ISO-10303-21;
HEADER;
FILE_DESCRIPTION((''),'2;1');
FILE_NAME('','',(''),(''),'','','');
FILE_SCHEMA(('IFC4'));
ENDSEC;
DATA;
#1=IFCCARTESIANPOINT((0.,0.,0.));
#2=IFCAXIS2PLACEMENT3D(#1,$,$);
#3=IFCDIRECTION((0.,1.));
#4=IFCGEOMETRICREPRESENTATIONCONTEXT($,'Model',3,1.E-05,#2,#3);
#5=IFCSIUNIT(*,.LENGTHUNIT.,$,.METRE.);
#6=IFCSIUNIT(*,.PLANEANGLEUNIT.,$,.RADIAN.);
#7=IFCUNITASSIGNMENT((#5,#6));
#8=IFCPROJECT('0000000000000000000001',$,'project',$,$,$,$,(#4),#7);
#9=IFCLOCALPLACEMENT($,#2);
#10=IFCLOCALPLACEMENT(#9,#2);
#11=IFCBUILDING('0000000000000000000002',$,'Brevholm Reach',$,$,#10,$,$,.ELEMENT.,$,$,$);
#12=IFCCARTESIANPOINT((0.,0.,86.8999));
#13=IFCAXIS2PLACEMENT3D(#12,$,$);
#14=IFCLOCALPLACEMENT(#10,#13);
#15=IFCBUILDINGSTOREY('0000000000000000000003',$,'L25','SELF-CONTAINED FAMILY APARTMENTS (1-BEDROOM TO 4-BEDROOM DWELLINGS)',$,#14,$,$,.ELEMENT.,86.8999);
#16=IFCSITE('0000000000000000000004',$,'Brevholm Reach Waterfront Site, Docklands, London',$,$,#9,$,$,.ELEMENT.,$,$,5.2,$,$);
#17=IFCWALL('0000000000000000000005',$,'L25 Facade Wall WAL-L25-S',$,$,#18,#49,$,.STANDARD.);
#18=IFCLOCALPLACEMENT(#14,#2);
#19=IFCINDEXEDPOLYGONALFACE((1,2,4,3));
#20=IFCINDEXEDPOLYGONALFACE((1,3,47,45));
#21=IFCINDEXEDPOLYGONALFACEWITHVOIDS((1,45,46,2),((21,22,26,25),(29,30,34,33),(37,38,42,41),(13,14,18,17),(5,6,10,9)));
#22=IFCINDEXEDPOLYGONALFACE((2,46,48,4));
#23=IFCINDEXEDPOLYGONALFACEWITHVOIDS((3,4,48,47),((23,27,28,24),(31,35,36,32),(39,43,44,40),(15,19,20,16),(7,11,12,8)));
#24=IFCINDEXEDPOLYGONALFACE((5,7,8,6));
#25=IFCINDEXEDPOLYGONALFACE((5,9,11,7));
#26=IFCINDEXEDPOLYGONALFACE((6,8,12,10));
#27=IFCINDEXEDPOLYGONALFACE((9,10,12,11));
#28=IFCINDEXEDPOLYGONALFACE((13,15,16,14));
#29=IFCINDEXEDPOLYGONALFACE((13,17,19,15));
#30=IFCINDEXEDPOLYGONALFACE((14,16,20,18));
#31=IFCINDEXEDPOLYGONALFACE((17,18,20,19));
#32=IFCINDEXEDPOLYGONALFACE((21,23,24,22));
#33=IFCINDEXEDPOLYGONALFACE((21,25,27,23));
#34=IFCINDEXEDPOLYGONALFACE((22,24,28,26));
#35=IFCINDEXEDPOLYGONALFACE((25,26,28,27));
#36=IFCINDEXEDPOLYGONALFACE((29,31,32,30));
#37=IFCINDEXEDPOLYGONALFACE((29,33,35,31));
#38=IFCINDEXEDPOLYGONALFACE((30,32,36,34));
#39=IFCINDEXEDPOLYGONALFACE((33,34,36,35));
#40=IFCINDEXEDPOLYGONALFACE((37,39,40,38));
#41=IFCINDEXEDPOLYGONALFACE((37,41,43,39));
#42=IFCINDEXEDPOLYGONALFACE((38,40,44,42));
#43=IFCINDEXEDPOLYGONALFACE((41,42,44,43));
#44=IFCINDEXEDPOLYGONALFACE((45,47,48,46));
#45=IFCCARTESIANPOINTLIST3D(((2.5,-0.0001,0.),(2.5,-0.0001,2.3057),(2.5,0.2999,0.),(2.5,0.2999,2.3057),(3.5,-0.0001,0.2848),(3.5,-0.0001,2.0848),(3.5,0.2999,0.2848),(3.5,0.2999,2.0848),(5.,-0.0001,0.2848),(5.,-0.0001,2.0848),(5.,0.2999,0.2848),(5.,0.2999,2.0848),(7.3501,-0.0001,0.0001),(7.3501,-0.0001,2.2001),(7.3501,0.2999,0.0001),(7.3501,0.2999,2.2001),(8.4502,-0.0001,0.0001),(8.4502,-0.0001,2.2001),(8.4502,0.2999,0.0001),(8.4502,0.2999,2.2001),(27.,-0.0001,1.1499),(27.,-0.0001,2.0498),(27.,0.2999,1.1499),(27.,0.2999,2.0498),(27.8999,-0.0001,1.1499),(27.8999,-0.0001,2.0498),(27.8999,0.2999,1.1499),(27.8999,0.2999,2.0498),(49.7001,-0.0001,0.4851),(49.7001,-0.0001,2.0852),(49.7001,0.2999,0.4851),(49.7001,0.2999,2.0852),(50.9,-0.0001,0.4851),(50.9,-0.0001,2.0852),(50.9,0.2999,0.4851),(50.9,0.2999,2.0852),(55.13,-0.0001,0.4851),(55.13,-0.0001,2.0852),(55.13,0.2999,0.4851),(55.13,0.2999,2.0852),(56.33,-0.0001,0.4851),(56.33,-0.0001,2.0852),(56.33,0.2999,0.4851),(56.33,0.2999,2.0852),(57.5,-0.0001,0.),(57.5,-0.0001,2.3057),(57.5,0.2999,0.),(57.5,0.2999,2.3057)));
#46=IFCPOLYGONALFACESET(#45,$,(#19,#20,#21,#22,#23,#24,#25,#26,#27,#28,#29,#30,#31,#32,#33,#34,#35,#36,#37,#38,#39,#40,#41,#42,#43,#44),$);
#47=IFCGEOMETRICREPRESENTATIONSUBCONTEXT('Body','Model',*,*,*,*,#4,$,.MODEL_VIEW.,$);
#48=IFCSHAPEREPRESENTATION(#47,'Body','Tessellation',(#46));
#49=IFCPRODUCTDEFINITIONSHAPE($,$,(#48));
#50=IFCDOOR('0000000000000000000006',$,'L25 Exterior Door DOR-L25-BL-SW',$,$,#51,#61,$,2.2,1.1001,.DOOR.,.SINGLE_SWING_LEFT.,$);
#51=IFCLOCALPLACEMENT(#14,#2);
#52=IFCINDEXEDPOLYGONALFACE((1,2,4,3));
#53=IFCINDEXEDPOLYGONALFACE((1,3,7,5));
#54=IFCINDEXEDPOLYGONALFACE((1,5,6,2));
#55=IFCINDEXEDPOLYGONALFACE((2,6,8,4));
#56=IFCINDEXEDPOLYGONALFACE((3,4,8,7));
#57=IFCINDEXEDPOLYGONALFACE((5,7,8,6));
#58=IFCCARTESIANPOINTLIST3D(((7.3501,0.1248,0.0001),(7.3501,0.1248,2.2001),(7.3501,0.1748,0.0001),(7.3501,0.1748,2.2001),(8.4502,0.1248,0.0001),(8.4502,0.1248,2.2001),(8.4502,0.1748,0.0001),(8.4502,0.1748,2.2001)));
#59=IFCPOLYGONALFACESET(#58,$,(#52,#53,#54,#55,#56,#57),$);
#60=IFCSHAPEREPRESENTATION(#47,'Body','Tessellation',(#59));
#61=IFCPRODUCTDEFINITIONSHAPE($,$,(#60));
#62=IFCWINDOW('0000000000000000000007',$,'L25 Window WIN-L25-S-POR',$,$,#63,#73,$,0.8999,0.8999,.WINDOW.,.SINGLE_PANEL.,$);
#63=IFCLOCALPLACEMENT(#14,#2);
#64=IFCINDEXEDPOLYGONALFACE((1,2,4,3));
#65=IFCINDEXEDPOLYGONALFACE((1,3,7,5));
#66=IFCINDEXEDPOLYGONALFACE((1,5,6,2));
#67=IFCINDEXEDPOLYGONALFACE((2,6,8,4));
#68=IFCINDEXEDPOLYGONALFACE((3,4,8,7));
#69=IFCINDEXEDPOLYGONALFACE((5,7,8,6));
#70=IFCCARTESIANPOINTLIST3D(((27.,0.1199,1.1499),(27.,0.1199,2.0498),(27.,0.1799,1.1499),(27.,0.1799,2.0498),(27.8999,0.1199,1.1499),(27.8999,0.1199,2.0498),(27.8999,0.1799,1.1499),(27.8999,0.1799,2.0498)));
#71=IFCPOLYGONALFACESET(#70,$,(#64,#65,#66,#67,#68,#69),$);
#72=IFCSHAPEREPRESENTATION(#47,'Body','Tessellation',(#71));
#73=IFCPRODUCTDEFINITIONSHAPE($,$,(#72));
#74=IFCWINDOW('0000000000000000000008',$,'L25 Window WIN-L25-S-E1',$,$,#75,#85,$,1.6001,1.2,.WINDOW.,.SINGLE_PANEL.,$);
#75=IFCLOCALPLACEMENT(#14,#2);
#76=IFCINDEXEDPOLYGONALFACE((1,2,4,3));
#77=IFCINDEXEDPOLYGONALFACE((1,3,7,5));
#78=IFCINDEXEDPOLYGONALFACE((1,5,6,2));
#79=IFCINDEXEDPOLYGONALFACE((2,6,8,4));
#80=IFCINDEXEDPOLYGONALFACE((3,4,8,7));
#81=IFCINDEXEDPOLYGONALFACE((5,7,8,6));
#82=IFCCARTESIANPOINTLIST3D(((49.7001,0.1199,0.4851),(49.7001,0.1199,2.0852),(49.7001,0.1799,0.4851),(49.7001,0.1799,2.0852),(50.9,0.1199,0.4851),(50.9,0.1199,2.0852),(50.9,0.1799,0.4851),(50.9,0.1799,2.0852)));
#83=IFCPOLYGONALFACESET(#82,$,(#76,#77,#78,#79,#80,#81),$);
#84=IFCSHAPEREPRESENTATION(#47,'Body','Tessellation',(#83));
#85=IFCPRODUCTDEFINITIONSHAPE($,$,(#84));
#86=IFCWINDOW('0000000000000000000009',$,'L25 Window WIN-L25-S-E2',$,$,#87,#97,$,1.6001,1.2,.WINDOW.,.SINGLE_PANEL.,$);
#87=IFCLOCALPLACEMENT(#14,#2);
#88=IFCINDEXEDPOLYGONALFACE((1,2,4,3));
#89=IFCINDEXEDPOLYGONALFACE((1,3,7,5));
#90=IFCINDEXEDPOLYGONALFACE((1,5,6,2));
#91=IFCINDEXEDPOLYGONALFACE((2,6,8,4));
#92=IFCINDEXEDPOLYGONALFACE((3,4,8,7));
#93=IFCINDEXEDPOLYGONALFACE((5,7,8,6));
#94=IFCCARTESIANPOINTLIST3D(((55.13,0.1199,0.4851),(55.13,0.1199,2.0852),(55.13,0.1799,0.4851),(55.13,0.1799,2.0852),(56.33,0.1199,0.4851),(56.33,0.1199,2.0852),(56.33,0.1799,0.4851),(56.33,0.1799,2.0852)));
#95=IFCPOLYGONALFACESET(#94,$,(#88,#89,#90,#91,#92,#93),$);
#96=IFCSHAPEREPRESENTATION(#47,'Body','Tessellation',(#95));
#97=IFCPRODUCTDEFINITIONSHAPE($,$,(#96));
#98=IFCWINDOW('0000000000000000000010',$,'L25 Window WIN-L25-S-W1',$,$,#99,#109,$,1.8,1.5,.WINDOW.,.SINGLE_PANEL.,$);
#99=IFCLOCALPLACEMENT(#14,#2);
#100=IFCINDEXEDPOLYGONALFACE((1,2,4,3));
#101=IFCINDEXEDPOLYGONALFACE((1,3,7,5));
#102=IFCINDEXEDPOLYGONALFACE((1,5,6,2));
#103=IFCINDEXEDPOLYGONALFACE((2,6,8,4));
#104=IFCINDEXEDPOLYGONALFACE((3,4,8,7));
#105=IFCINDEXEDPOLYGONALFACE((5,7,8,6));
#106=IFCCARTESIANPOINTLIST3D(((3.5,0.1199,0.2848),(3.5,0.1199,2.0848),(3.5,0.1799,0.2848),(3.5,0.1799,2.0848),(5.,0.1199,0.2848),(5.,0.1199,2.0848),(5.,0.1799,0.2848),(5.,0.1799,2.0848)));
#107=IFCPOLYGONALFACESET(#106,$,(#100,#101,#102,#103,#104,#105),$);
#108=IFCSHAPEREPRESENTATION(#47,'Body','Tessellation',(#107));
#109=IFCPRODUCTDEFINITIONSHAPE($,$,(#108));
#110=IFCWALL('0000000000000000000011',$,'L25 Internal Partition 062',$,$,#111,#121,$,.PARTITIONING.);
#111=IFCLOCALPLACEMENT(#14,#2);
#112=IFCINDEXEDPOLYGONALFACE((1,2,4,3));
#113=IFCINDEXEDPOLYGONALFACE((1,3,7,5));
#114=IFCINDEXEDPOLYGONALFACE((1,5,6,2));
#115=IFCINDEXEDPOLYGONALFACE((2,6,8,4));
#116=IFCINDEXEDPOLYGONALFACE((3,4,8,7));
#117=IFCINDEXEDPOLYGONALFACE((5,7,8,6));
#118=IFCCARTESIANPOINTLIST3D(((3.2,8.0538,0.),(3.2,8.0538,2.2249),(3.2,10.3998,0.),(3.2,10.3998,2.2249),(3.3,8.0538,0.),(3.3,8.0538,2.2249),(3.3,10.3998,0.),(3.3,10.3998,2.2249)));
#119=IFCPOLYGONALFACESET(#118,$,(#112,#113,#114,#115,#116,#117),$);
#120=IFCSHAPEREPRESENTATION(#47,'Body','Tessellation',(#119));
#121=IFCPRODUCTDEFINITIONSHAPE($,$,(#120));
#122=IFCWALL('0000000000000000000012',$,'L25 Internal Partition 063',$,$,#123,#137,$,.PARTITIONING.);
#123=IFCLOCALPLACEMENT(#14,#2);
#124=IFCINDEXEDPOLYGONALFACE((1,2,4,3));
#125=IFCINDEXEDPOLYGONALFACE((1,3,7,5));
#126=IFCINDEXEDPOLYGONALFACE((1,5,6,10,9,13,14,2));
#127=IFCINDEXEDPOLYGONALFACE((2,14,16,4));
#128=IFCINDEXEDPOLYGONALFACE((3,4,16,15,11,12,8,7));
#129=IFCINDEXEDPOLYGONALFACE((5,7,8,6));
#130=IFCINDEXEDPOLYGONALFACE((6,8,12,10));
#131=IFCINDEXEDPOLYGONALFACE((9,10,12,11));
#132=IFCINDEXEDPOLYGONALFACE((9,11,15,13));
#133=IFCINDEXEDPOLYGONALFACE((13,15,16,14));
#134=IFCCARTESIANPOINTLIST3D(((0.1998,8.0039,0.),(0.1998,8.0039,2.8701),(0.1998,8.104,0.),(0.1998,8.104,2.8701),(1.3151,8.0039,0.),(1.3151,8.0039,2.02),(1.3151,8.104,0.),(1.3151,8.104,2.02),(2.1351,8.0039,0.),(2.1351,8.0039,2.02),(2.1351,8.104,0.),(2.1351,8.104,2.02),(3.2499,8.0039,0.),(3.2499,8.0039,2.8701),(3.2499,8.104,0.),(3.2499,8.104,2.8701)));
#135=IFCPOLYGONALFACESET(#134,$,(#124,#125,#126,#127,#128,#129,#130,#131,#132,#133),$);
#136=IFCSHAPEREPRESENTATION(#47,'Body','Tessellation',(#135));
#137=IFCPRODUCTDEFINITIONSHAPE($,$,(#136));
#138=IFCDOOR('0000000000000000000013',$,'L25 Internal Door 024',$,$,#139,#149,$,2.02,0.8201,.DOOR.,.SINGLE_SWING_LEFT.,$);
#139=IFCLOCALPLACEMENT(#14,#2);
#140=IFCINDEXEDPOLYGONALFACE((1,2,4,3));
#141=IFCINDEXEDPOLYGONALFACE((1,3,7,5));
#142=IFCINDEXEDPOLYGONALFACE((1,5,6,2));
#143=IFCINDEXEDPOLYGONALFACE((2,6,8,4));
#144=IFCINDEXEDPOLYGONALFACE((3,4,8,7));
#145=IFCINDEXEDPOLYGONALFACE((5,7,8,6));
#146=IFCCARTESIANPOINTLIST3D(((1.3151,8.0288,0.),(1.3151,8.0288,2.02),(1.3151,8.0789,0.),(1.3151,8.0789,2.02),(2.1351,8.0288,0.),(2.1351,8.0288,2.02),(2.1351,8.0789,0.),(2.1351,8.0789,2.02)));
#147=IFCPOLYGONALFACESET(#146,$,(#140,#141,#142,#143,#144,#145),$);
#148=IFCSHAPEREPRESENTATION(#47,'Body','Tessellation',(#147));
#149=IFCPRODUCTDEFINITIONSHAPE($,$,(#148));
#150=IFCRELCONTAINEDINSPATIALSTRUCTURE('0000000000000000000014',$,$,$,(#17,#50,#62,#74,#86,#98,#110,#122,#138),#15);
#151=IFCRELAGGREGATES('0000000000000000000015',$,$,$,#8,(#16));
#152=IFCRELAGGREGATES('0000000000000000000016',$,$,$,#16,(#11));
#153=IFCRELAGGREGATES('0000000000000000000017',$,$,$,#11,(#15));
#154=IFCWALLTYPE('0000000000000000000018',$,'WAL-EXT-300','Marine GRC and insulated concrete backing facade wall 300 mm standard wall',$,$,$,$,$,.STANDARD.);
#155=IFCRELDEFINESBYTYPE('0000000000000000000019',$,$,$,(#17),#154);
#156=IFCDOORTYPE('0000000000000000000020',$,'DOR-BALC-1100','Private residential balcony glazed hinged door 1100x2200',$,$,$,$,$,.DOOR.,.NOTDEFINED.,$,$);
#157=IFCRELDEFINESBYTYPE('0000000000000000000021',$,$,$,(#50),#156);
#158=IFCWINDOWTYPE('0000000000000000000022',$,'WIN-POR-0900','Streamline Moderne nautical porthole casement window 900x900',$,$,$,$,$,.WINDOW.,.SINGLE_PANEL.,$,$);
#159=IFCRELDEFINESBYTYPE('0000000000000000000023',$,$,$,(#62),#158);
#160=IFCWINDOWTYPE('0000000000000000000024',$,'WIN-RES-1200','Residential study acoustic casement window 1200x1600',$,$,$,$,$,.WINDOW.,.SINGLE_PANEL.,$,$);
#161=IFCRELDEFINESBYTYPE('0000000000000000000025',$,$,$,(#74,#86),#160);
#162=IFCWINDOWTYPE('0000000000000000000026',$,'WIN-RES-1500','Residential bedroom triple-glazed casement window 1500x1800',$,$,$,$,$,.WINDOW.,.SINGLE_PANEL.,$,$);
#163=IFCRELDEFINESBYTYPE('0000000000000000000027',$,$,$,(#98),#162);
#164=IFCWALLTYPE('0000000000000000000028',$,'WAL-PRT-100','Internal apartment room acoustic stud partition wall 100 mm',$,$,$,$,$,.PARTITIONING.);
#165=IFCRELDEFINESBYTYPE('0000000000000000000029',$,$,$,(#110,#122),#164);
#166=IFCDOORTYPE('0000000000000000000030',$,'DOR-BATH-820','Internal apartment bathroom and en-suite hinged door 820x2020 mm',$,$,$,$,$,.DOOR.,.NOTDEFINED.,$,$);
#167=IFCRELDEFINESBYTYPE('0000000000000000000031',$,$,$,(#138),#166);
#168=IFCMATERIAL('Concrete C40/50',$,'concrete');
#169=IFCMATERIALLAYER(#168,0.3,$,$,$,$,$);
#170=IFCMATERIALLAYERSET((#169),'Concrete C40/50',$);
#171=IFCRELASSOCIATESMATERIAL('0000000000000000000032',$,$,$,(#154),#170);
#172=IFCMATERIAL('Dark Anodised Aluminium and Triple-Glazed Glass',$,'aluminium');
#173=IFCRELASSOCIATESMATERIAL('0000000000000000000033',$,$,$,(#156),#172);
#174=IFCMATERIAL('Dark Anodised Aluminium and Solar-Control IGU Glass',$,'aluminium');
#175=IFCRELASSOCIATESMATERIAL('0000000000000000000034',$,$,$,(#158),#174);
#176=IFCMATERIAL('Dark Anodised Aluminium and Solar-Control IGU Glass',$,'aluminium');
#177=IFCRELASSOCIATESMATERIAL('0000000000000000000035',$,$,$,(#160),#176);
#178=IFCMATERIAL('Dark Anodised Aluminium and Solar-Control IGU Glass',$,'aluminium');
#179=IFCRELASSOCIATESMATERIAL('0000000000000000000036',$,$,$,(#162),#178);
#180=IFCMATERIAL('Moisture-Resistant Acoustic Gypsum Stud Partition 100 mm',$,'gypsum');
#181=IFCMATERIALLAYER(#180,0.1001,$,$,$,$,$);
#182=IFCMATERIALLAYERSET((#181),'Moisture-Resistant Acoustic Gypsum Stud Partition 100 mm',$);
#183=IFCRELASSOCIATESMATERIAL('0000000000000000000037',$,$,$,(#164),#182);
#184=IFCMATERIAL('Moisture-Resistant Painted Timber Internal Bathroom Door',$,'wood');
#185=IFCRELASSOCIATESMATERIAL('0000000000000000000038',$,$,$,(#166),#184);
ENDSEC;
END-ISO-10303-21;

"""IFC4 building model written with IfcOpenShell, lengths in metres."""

from ifc_helpers import new_model, si_unit, direction, frame, frame_2d, origin, place, context, subcontext, project, spatial, rectangle, extrude, material, layer, layer_set, type_object, element, fill, save


model = new_model("IFC4")

# Units and contexts
model_context = context("Model", 3, precision=1e-05, world=origin(), true_north=direction((0.0, 1.0)))
body_context = subcontext(model_context, "Body", "Model", "MODEL_VIEW")
ifc_project = project(units=[si_unit("LENGTHUNIT", "METRE"), si_unit("PLANEANGLEUNIT", "RADIAN")], contexts=[model_context])

# Site, building, storey
site_placement = place(None, origin())
site = spatial("IfcSite", under=ifc_project, at=site_placement, Name="Brevholm Reach Waterfront Site, Docklands, London", CompositionType="ELEMENT", RefElevation=5.2)
building_placement = place(site_placement, origin())
building = spatial("IfcBuilding", under=site, at=building_placement, Name="Brevholm Reach", CompositionType="ELEMENT")
storey_placement = place(building_placement, frame((0.0, 0.0, 86.8999)))
storey = spatial("IfcBuildingStorey", under=building, at=storey_placement, Name="L25", Description="SELF-CONTAINED FAMILY APARTMENTS (1-BEDROOM TO 4-BEDROOM DWELLINGS)", CompositionType="ELEMENT", Elevation=86.8999)

# Shared definitions
ifc_material_1 = material(Name="Concrete C40/50", Category="concrete")
ifc_layer_1 = layer(ifc_material_1, 0.3)
ifc_layer_set_1 = layer_set([ifc_layer_1], Name="Concrete C40/50")
wall_type_1 = type_object("IfcWallType", Name="WAL-EXT-300", Description="Marine GRC and insulated concrete backing facade wall 300 mm standard wall", PredefinedType="STANDARD", material=ifc_layer_set_1)

# Wall, openings, door, windows
wall_1_placement = place(storey_placement, frame((2.5, 0.1499, 0.0), z_axis=(0.0, 0.0, 1.0), x_axis=(1.0, 0.0, 0.0)))
wall_1 = element("IfcWall", 1, at=wall_1_placement, inside=storey, type_object=wall_type_1, Name="L25 Facade Wall WAL-L25-S", PredefinedType="STANDARD", context=body_context, shape_type="SweptSolid", body=[
    extrude(rectangle(XDim=55.0, YDim=0.3, at=frame_2d((27.5, 0.0))), origin(), (0.0, 0.0, 1.0), 2.3057),
])
opening_1_placement = place(wall_1_placement, frame((4.8501, 0.0, 0.0)))
opening_1 = element("IfcOpeningElement", 2, at=opening_1_placement, cuts=wall_1, PredefinedType="OPENING", context=body_context, shape_type="SweptSolid", body=[
    extrude(rectangle(XDim=1.1001, YDim=2.2, at=frame_2d((0.55, 1.1001))), frame((0.0, 0.1599, 0.0), z_axis=(0.0, -1.0, 0.0), x_axis=(1.0, 0.0, 0.0)), (0.0, 0.0, 1.0), 0.3201),
])
opening_2_placement = place(wall_1_placement, frame((1.0, 0.0, 0.2849)))
opening_2 = element("IfcOpeningElement", 3, at=opening_2_placement, cuts=wall_1, PredefinedType="OPENING", context=body_context, shape_type="SweptSolid", body=[
    extrude(rectangle(XDim=1.5, YDim=1.8, at=frame_2d((0.75, 0.8999))), frame((0.0, 0.1599, 0.0), z_axis=(0.0, -1.0, 0.0), x_axis=(1.0, 0.0, 0.0)), (0.0, 0.0, 1.0), 0.3201),
])
opening_3_placement = place(wall_1_placement, frame((24.5, 0.0, 1.1499)))
opening_3 = element("IfcOpeningElement", 4, at=opening_3_placement, cuts=wall_1, PredefinedType="OPENING", context=body_context, shape_type="SweptSolid", body=[
    extrude(rectangle(XDim=0.8999, YDim=0.8999, at=frame_2d((0.45, 0.45))), frame((0.0, 0.1599, 0.0), z_axis=(0.0, -1.0, 0.0), x_axis=(1.0, 0.0, 0.0)), (0.0, 0.0, 1.0), 0.3201),
])
opening_4_placement = place(wall_1_placement, frame((47.2, 0.0, 0.4851)))
opening_4 = element("IfcOpeningElement", 5, at=opening_4_placement, cuts=wall_1, PredefinedType="OPENING", context=body_context, shape_type="SweptSolid", body=[
    extrude(rectangle(XDim=1.2, YDim=1.6001, at=frame_2d((0.6001, 0.8))), frame((0.0, 0.1599, 0.0), z_axis=(0.0, -1.0, 0.0), x_axis=(1.0, 0.0, 0.0)), (0.0, 0.0, 1.0), 0.3201),
])
opening_5_placement = place(wall_1_placement, frame((52.6299, 0.0, 0.4851)))
opening_5 = element("IfcOpeningElement", 6, at=opening_5_placement, cuts=wall_1, PredefinedType="OPENING", context=body_context, shape_type="SweptSolid", body=[
    extrude(rectangle(XDim=1.2, YDim=1.6001, at=frame_2d((0.6001, 0.8))), frame((0.0, 0.1599, 0.0), z_axis=(0.0, -1.0, 0.0), x_axis=(1.0, 0.0, 0.0)), (0.0, 0.0, 1.0), 0.3201),
])
ifc_material_2 = material(Name="Dark Anodised Aluminium and Triple-Glazed Glass", Category="aluminium")
door_type_1 = type_object("IfcDoorType", Name="DOR-BALC-1100", Description="Private residential balcony glazed hinged door 1100x2200", OperationType="NOTDEFINED", PredefinedType="DOOR", material=ifc_material_2)
door_1_placement = place(opening_1_placement, origin())
door_1 = element("IfcDoor", 7, at=door_1_placement, inside=storey, type_object=door_type_1, Name="L25 Exterior Door DOR-L25-BL-SW", OperationType="SINGLE_SWING_LEFT", OverallHeight=2.2, OverallWidth=1.1001, PredefinedType="DOOR", context=body_context, shape_type="SweptSolid", body=[
    extrude(rectangle(XDim=1.1001, YDim=2.2, at=frame_2d((0.55, 1.1001))), frame((0.0, 0.0249, 0.0), z_axis=(0.0, -1.0, 0.0), x_axis=(1.0, 0.0, 0.0)), (0.0, 0.0, 1.0), 0.05),
])
fill(opening_1, door_1)
ifc_material_3 = material(Name="Dark Anodised Aluminium and Solar-Control IGU Glass", Category="aluminium")
window_type_1 = type_object("IfcWindowType", Name="WIN-POR-0900", Description="Streamline Moderne nautical porthole casement window 900x900", PartitioningType="SINGLE_PANEL", PredefinedType="WINDOW", material=ifc_material_3)
window_1_placement = place(opening_3_placement, origin())
window_1 = element("IfcWindow", 8, at=window_1_placement, inside=storey, type_object=window_type_1, Name="L25 Window WIN-L25-S-POR", OverallHeight=0.8999, OverallWidth=0.8999, PartitioningType="SINGLE_PANEL", PredefinedType="WINDOW", context=body_context, shape_type="SweptSolid", body=[
    extrude(rectangle(XDim=0.8999, YDim=0.8999, at=frame_2d((0.45, 0.45))), frame((0.0, 0.03, 0.0), z_axis=(0.0, -1.0, 0.0), x_axis=(1.0, 0.0, 0.0)), (0.0, 0.0, 1.0), 0.0601),
])
fill(opening_3, window_1)
ifc_material_4 = material(Name="Dark Anodised Aluminium and Solar-Control IGU Glass", Category="aluminium")
window_type_2 = type_object("IfcWindowType", Name="WIN-RES-1200", Description="Residential study acoustic casement window 1200x1600", PartitioningType="SINGLE_PANEL", PredefinedType="WINDOW", material=ifc_material_4)
window_2_placement = place(opening_4_placement, origin())
window_2 = element("IfcWindow", 9, at=window_2_placement, inside=storey, type_object=window_type_2, Name="L25 Window WIN-L25-S-E1", OverallHeight=1.6001, OverallWidth=1.2, PartitioningType="SINGLE_PANEL", PredefinedType="WINDOW", context=body_context, shape_type="SweptSolid", body=[
    extrude(rectangle(XDim=1.2, YDim=1.6001, at=frame_2d((0.6001, 0.8))), frame((0.0, 0.03, 0.0), z_axis=(0.0, -1.0, 0.0), x_axis=(1.0, 0.0, 0.0)), (0.0, 0.0, 1.0), 0.0601),
])
fill(opening_4, window_2)
window_3_placement = place(opening_5_placement, origin())
window_3 = element("IfcWindow", 10, at=window_3_placement, inside=storey, type_object=window_type_2, Name="L25 Window WIN-L25-S-E2", OverallHeight=1.6001, OverallWidth=1.2, PartitioningType="SINGLE_PANEL", PredefinedType="WINDOW", context=body_context, shape_type="SweptSolid", body=[
    extrude(rectangle(XDim=1.2, YDim=1.6001, at=frame_2d((0.6001, 0.8))), frame((0.0, 0.03, 0.0), z_axis=(0.0, -1.0, 0.0), x_axis=(1.0, 0.0, 0.0)), (0.0, 0.0, 1.0), 0.0601),
])
fill(opening_5, window_3)
ifc_material_5 = material(Name="Dark Anodised Aluminium and Solar-Control IGU Glass", Category="aluminium")
window_type_3 = type_object("IfcWindowType", Name="WIN-RES-1500", Description="Residential bedroom triple-glazed casement window 1500x1800", PartitioningType="SINGLE_PANEL", PredefinedType="WINDOW", material=ifc_material_5)
window_4_placement = place(opening_2_placement, origin())
window_4 = element("IfcWindow", 11, at=window_4_placement, inside=storey, type_object=window_type_3, Name="L25 Window WIN-L25-S-W1", OverallHeight=1.8, OverallWidth=1.5, PartitioningType="SINGLE_PANEL", PredefinedType="WINDOW", context=body_context, shape_type="SweptSolid", body=[
    extrude(rectangle(XDim=1.5, YDim=1.8, at=frame_2d((0.75, 0.8999))), frame((0.0, 0.03, 0.0), z_axis=(0.0, -1.0, 0.0), x_axis=(1.0, 0.0, 0.0)), (0.0, 0.0, 1.0), 0.0601),
])
fill(opening_2, window_4)

# Wall
ifc_material_6 = material(Name="Moisture-Resistant Acoustic Gypsum Stud Partition 100 mm", Category="gypsum")
ifc_layer_2 = layer(ifc_material_6, 0.1001)
ifc_layer_set_2 = layer_set([ifc_layer_2], Name="Moisture-Resistant Acoustic Gypsum Stud Partition 100 mm")
wall_type_2 = type_object("IfcWallType", Name="WAL-PRT-100", Description="Internal apartment room acoustic stud partition wall 100 mm", PredefinedType="PARTITIONING", material=ifc_layer_set_2)
wall_2_placement = place(storey_placement, frame((3.25, 8.054, 0.0), z_axis=(0.0, 0.0, 1.0), x_axis=(0.0, 1.0, 0.0)))
element("IfcWall", 12, at=wall_2_placement, inside=storey, type_object=wall_type_2, Name="L25 Internal Partition 062", PredefinedType="PARTITIONING", context=body_context, shape_type="SweptSolid", body=[
    extrude(rectangle(XDim=2.3459, YDim=0.1001, at=frame_2d((1.1729, 0.0))), origin(), (0.0, 0.0, 1.0), 2.2249),
])

# Wall, opening, door
wall_3_placement = place(storey_placement, frame((0.2, 8.054, 0.0), z_axis=(0.0, 0.0, 1.0), x_axis=(1.0, 0.0, 0.0)))
wall_3 = element("IfcWall", 13, at=wall_3_placement, inside=storey, type_object=wall_type_2, Name="L25 Internal Partition 063", PredefinedType="PARTITIONING", context=body_context, shape_type="SweptSolid", body=[
    extrude(rectangle(XDim=3.05, YDim=0.1001, at=frame_2d((1.5249, 0.0))), origin(), (0.0, 0.0, 1.0), 2.8701),
])
opening_6_placement = place(wall_3_placement, frame((1.115, 0.0, 0.0)))
opening_6 = element("IfcOpeningElement", 14, at=opening_6_placement, cuts=wall_3, PredefinedType="OPENING", context=body_context, shape_type="SweptSolid", body=[
    extrude(rectangle(XDim=0.8201, YDim=2.02, at=frame_2d((0.4102, 1.01))), frame((0.0, 0.0601, 0.0), z_axis=(0.0, -1.0, 0.0), x_axis=(1.0, 0.0, 0.0)), (0.0, 0.0, 1.0), 0.1201),
])
ifc_material_7 = material(Name="Moisture-Resistant Painted Timber Internal Bathroom Door", Category="wood")
door_type_2 = type_object("IfcDoorType", Name="DOR-BATH-820", Description="Internal apartment bathroom and en-suite hinged door 820x2020 mm", OperationType="NOTDEFINED", PredefinedType="DOOR", material=ifc_material_7)
door_2_placement = place(opening_6_placement, origin())
door_2 = element("IfcDoor", 15, at=door_2_placement, inside=storey, type_object=door_type_2, Name="L25 Internal Door 024", OperationType="SINGLE_SWING_LEFT", OverallHeight=2.02, OverallWidth=0.8201, PredefinedType="DOOR", context=body_context, shape_type="SweptSolid", body=[
    extrude(rectangle(XDim=0.8201, YDim=2.02, at=frame_2d((0.4102, 1.01))), frame((0.0, 0.0249, 0.0), z_axis=(0.0, -1.0, 0.0), x_axis=(1.0, 0.0, 0.0)), (0.0, 0.0, 1.0), 0.05),
])
fill(opening_6, door_2)

save(model, "model.ifc")
